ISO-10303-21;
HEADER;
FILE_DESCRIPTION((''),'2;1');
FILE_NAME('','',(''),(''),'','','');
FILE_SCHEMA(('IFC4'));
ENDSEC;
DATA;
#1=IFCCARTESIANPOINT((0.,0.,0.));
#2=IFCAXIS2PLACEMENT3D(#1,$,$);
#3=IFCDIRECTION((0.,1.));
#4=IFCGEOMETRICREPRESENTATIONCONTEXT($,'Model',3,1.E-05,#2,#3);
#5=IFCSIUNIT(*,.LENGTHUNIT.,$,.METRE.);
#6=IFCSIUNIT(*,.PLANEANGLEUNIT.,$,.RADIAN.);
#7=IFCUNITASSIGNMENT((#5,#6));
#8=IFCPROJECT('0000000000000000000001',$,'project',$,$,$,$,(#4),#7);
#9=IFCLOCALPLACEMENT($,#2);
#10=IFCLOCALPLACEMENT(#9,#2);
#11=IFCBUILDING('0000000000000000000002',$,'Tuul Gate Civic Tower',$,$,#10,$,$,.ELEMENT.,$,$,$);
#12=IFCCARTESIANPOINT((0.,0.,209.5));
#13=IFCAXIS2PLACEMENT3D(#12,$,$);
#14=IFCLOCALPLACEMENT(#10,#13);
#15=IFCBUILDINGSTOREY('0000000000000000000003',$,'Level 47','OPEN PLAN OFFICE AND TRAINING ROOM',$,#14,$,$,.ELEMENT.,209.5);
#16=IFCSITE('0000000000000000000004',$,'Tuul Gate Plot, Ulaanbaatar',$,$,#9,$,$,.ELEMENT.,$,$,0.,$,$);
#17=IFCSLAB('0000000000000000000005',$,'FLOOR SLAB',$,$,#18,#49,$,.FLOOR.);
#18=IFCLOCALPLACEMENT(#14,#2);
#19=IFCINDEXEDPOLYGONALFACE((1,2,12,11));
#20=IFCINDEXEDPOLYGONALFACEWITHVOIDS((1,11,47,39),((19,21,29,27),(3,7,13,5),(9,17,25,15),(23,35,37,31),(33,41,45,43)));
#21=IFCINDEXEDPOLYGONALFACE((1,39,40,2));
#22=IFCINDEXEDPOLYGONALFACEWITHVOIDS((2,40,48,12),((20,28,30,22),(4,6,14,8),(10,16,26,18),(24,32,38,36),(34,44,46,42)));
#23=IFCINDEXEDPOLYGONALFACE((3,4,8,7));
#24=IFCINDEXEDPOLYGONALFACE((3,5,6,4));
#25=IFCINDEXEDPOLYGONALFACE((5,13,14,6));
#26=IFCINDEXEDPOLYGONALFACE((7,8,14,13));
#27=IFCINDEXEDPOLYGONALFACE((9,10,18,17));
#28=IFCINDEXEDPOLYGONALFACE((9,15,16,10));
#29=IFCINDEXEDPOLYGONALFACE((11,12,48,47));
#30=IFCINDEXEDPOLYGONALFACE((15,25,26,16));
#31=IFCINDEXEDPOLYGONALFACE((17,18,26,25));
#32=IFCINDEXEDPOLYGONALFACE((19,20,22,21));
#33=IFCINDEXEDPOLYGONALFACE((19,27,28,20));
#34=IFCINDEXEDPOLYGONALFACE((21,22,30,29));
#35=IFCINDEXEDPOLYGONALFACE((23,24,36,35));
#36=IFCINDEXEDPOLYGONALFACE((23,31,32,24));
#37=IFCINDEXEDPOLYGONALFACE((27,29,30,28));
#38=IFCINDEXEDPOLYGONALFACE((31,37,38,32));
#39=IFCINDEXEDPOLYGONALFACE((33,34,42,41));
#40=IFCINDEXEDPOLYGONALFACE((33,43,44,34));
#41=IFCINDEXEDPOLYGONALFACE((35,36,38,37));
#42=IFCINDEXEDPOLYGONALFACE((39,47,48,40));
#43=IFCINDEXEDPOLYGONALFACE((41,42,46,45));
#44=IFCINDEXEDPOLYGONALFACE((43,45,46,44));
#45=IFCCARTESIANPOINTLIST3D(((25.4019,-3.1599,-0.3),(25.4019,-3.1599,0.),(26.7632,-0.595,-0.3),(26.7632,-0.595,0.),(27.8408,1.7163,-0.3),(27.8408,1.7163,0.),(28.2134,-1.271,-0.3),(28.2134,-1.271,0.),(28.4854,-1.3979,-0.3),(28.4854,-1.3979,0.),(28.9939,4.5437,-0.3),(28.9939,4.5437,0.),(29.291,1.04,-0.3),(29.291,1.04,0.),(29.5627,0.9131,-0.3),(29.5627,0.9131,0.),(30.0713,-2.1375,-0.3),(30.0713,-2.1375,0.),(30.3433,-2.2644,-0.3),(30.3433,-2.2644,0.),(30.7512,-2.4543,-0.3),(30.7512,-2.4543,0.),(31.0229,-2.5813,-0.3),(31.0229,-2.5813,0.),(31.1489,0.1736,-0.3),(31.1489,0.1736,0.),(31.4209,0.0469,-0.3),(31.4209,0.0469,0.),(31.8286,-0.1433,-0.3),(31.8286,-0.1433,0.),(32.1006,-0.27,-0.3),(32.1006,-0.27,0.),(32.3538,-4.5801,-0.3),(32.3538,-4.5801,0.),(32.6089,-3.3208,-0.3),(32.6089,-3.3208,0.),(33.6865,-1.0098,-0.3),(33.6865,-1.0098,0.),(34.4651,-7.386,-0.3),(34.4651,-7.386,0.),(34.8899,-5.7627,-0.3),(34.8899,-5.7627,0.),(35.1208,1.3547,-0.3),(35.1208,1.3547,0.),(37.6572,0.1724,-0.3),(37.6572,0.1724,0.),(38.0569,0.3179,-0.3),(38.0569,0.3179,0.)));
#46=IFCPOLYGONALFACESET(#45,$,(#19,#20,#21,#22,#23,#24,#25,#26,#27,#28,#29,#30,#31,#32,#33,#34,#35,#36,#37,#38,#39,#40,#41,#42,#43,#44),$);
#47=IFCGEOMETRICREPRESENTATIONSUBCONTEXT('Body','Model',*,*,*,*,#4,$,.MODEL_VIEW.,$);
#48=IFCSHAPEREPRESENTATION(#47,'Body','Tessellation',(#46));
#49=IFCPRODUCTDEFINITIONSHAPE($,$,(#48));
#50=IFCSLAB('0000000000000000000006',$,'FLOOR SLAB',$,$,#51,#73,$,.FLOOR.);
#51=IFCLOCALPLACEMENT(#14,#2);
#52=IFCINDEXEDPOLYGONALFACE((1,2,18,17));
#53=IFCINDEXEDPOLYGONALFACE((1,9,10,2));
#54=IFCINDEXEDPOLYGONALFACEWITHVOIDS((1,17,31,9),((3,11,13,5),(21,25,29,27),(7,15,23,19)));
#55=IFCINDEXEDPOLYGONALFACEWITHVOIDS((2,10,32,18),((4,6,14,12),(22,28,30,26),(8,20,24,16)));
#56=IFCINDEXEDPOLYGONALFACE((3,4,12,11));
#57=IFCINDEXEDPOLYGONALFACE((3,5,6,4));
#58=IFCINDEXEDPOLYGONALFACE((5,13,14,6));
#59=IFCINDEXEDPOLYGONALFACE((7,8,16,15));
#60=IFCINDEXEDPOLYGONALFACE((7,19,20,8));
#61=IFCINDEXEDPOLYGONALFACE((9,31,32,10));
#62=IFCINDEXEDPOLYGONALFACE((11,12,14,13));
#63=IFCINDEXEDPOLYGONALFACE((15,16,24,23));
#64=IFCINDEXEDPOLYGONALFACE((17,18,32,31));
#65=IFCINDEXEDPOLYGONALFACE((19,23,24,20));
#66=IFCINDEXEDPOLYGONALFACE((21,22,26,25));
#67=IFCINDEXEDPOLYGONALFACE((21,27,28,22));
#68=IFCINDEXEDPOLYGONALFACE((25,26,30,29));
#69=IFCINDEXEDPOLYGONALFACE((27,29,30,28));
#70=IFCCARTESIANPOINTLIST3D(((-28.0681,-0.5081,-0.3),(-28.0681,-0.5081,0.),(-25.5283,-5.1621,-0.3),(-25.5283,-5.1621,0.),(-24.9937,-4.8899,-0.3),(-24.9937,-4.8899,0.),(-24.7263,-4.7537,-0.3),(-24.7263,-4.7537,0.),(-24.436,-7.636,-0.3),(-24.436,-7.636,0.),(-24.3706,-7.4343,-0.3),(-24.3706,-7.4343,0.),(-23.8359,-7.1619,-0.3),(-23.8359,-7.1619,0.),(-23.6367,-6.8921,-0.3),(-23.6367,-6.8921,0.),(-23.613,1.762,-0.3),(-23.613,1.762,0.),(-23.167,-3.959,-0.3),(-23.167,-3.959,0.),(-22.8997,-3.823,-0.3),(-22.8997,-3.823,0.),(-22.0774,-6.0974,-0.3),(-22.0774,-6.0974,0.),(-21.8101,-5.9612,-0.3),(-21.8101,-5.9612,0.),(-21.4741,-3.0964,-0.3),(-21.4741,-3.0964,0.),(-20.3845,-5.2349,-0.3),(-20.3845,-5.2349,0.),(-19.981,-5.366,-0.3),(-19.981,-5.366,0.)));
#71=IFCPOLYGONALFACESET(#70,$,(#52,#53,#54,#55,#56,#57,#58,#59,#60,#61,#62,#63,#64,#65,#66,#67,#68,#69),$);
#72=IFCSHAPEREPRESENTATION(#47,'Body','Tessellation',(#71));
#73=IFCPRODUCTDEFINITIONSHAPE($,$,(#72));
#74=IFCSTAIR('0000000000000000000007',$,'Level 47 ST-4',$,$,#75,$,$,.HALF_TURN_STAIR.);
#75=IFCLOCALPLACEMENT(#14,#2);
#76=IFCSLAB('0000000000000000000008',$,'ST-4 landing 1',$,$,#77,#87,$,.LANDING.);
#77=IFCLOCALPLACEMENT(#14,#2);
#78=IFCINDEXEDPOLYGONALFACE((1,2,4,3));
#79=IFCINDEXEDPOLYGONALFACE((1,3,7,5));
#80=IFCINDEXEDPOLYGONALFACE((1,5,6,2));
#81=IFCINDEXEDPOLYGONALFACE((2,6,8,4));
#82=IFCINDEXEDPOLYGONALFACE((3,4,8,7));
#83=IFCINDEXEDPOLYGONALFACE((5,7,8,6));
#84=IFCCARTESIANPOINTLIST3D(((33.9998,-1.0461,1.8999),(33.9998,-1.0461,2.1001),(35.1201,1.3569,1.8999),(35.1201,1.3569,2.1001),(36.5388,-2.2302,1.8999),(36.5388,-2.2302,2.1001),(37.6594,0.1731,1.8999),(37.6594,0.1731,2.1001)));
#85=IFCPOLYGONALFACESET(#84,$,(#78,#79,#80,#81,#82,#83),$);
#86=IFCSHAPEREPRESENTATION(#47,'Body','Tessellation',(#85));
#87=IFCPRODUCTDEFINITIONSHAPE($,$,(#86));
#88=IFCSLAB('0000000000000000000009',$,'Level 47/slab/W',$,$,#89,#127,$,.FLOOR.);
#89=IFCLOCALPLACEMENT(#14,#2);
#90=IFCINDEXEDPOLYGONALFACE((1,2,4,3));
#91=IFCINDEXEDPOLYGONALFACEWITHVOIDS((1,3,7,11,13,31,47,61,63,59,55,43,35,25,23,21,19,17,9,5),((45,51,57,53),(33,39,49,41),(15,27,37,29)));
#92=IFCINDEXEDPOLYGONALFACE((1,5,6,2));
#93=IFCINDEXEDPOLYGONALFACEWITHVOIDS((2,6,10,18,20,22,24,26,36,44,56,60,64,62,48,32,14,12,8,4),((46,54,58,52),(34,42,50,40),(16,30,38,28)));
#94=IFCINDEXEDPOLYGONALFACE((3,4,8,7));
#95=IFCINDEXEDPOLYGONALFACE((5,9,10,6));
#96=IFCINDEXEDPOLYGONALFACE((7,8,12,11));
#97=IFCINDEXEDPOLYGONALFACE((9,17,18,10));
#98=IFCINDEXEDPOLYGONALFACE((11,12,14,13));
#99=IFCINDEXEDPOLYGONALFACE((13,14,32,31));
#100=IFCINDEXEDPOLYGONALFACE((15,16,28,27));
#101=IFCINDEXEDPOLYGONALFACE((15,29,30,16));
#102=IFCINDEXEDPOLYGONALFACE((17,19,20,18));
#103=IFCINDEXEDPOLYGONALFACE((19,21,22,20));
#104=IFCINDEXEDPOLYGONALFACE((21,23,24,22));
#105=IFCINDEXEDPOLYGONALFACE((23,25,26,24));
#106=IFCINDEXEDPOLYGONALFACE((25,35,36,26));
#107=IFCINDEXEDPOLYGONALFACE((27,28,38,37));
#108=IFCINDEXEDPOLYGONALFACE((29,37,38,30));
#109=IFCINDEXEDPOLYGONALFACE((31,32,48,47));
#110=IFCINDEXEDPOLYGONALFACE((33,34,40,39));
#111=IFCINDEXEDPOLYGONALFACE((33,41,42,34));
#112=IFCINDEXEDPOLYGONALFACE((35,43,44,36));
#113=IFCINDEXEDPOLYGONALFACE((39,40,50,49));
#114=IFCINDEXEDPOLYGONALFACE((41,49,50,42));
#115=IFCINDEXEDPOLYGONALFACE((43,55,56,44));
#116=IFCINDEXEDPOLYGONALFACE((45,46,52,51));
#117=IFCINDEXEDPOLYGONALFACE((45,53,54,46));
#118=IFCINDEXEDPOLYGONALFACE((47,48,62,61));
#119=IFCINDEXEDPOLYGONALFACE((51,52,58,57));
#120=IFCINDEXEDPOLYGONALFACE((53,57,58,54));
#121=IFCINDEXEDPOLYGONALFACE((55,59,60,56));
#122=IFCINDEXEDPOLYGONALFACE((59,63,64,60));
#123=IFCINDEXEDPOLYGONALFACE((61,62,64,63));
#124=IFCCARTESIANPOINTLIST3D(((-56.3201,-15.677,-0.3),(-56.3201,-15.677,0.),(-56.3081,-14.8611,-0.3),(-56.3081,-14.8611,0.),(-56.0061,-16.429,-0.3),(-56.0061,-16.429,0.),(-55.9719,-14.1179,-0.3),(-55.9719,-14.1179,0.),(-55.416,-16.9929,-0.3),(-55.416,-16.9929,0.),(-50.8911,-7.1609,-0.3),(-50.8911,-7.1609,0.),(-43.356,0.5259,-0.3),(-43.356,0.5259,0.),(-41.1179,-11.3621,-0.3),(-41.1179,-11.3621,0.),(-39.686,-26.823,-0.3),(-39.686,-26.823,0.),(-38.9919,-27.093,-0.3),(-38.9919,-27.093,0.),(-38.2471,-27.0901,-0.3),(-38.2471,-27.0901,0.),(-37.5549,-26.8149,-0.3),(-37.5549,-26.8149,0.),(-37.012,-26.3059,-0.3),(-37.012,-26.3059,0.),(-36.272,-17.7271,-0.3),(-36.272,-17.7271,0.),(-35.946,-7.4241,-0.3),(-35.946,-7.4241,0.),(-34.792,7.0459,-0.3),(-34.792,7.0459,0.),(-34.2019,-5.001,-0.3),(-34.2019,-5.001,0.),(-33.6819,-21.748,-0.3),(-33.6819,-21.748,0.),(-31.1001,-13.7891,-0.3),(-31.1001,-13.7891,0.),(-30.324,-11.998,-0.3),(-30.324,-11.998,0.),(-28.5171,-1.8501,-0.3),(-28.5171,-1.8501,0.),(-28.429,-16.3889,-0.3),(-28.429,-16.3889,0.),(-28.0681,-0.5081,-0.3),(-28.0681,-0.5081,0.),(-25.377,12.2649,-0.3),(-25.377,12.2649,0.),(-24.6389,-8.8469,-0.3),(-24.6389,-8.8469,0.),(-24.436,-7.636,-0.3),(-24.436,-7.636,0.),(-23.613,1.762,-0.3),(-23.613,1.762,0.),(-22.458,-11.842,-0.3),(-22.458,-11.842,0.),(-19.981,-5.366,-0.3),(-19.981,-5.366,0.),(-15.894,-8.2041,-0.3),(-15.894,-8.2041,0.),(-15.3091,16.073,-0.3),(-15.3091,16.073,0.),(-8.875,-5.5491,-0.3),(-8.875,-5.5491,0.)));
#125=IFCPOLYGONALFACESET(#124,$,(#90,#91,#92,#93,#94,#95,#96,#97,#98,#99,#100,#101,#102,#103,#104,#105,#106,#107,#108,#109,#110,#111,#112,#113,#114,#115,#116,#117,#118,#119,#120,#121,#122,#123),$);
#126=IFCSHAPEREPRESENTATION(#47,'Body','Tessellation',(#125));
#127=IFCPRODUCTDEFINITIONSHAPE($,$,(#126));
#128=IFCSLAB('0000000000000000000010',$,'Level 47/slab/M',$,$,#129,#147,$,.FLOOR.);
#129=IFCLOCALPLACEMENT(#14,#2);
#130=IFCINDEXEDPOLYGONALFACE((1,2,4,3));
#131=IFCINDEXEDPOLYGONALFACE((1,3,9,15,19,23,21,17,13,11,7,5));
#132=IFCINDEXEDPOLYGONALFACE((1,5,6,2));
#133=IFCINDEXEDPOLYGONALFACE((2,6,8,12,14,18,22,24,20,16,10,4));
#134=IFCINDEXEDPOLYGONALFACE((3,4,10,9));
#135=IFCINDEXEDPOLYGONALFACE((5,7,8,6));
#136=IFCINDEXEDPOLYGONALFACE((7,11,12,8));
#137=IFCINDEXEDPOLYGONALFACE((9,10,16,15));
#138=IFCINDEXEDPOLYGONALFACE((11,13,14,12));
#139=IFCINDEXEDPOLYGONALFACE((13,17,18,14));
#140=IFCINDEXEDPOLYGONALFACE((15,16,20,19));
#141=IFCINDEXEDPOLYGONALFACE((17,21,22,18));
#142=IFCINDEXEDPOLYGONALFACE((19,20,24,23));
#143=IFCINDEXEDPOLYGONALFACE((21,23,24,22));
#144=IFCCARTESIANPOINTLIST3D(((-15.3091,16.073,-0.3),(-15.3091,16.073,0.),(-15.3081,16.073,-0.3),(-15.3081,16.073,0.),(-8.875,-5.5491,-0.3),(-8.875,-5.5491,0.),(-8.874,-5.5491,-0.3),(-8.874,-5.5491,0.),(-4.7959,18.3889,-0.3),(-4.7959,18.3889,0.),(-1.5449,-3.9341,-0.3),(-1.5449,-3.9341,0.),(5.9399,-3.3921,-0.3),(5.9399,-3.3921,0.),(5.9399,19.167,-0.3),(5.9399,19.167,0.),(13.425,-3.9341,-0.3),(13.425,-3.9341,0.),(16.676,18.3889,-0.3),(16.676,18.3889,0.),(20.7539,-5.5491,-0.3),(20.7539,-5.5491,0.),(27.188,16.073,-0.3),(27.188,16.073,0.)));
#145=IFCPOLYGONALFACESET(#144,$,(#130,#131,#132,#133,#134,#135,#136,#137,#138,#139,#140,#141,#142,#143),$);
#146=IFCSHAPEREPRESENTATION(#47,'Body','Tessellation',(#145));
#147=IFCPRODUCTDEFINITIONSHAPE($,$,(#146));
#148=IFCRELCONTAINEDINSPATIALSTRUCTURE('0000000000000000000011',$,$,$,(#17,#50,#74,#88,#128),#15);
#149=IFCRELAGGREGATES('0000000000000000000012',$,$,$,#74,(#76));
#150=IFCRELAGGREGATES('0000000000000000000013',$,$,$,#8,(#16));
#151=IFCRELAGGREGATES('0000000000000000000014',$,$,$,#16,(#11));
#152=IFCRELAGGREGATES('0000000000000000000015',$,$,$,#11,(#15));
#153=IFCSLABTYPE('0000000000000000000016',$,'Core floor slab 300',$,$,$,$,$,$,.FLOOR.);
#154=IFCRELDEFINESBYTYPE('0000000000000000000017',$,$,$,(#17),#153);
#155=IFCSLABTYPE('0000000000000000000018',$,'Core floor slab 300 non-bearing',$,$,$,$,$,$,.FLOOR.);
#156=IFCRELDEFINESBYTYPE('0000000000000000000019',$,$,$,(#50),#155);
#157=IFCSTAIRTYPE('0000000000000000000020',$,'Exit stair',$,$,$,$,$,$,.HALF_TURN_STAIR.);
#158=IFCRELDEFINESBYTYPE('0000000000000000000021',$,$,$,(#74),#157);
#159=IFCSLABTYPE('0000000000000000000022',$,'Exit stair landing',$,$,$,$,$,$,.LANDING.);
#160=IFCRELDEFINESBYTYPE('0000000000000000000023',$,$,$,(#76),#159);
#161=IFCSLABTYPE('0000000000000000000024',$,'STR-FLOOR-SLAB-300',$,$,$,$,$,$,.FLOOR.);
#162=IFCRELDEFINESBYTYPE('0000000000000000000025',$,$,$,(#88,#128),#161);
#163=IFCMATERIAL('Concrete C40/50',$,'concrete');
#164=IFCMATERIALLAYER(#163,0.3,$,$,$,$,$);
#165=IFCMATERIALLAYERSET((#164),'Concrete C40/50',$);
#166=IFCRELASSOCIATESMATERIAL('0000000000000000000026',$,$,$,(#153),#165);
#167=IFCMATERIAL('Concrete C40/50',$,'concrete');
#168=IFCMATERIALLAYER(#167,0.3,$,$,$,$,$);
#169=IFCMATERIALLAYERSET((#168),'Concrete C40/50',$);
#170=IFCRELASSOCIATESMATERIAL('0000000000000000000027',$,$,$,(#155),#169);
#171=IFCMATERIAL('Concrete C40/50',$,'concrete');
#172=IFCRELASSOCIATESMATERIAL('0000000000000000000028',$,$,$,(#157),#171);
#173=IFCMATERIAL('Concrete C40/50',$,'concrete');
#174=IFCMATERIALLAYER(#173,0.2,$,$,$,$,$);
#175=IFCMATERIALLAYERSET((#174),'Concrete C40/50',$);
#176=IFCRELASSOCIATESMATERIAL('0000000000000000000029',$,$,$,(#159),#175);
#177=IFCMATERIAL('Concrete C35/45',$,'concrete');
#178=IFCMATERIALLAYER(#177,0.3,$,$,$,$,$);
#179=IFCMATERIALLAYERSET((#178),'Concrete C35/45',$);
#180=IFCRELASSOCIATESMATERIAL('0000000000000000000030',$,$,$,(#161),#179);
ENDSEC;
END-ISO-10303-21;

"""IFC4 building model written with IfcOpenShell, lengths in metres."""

from ifc_helpers import new_model, si_unit, direction, frame, origin, place, context, subcontext, project, spatial, polyline, outline, extrude, material, layer, layer_set, type_object, element, aggregate, save


model = new_model("IFC4")

# Units and contexts
model_context = context("Model", 3, precision=1e-05, world=origin(), true_north=direction((0.0, 1.0)))
body_context = subcontext(model_context, "Body", "Model", "MODEL_VIEW")
ifc_project = project(units=[si_unit("LENGTHUNIT", "METRE"), si_unit("PLANEANGLEUNIT", "RADIAN")], contexts=[model_context])

# Site, building, storey
site_placement = place(None, origin())
site = spatial("IfcSite", under=ifc_project, at=site_placement, Name="Tuul Gate Plot, Ulaanbaatar", CompositionType="ELEMENT", RefElevation=0.0)
building_placement = place(site_placement, origin())
building = spatial("IfcBuilding", under=site, at=building_placement, Name="Tuul Gate Civic Tower", CompositionType="ELEMENT")
storey_placement = place(building_placement, frame((0.0, 0.0, 209.5)))
storey = spatial("IfcBuildingStorey", under=building, at=storey_placement, Name="Level 47", Description="OPEN PLAN OFFICE AND TRAINING ROOM", CompositionType="ELEMENT", Elevation=209.5)

# Slabs
ifc_material_1 = material(Name="Concrete C40/50", Category="concrete")
ifc_layer_1 = layer(ifc_material_1, 0.3)
ifc_layer_set_1 = layer_set([ifc_layer_1], Name="Concrete C40/50")
slab_type_1 = type_object("IfcSlabType", Name="Core floor slab 300", PredefinedType="FLOOR", material=ifc_layer_set_1)
slab_1_placement = place(storey_placement, frame((0.0, 0.0, -0.3)))
element("IfcSlab", 1, at=slab_1_placement, inside=storey, type_object=slab_type_1, Name="FLOOR SLAB", PredefinedType="FLOOR", context=body_context, shape_type="SweptSolid", body=[
    extrude(outline(polyline([(34.4651, -7.386), (38.0569, 0.3179), (28.9939, 4.5437), (25.4019, -3.1599), (34.4651, -7.386)]), holes=[polyline([(32.6089, -3.3208), (33.6865, -1.0098), (32.1006, -0.27), (31.0229, -2.5813), (32.6089, -3.3208)]), polyline([(30.0713, -2.1375), (31.1489, 0.1736), (29.5627, 0.9131), (28.4854, -1.3979), (30.0713, -2.1375)]), polyline([(30.7512, -2.4543), (31.8286, -0.1433), (31.4209, 0.0469), (30.3433, -2.2644), (30.7512, -2.4543)]), polyline([(28.2134, -1.271), (29.291, 1.04), (27.8408, 1.7163), (26.7632, -0.595), (28.2134, -1.271)]), polyline([(34.8899, -5.7627), (32.3538, -4.5801), (35.1208, 1.3547), (37.6572, 0.1724), (34.8899, -5.7627)])]), origin(), (0.0, 0.0, 1.0), 0.3),
])
ifc_material_2 = material(Name="Concrete C40/50", Category="concrete")
ifc_layer_2 = layer(ifc_material_2, 0.3)
ifc_layer_set_2 = layer_set([ifc_layer_2], Name="Concrete C40/50")
slab_type_2 = type_object("IfcSlabType", Name="Core floor slab 300 non-bearing", PredefinedType="FLOOR", material=ifc_layer_set_2)
slab_2_placement = place(storey_placement, frame((0.0, 0.0, -0.3)))
element("IfcSlab", 2, at=slab_2_placement, inside=storey, type_object=slab_type_2, Name="FLOOR SLAB", PredefinedType="FLOOR", context=body_context, shape_type="SweptSolid", body=[
    extrude(outline(polyline([(-19.981, -5.366), (-23.613, 1.762), (-28.0681, -0.5081), (-24.436, -7.636), (-19.981, -5.366)]), holes=[polyline([(-20.3845, -5.2349), (-21.4741, -3.0964), (-22.8997, -3.823), (-21.8101, -5.9612), (-20.3845, -5.2349)]), polyline([(-22.0774, -6.0974), (-23.167, -3.959), (-24.7263, -4.7537), (-23.6367, -6.8921), (-22.0774, -6.0974)]), polyline([(-23.8359, -7.1619), (-24.9937, -4.8899), (-25.5283, -5.1621), (-24.3706, -7.4343), (-23.8359, -7.1619)])]), origin(), (0.0, 0.0, 1.0), 0.3),
])

# Stair, slab
ifc_material_3 = material(Name="Concrete C40/50", Category="concrete")
stair_type = type_object("IfcStairType", Name="Exit stair", PredefinedType="HALF_TURN_STAIR", material=ifc_material_3)
stair_placement = place(storey_placement, origin())
stair = element("IfcStair", 3, at=stair_placement, inside=storey, type_object=stair_type, Name="Level 47 ST-4", PredefinedType="HALF_TURN_STAIR")
ifc_material_4 = material(Name="Concrete C40/50", Category="concrete")
ifc_layer_3 = layer(ifc_material_4, 0.2)
ifc_layer_set_3 = layer_set([ifc_layer_3], Name="Concrete C40/50")
slab_type_3 = type_object("IfcSlabType", Name="Exit stair landing", PredefinedType="LANDING", material=ifc_layer_set_3)
slab_3_placement = place(storey_placement, frame((0.0, 0.0, 1.8999)))
slab_3 = element("IfcSlab", 4, at=slab_3_placement, type_object=slab_type_3, Name="ST-4 landing 1", PredefinedType="LANDING", context=body_context, shape_type="SweptSolid", body=[
    extrude(outline(polyline([(36.5388, -2.2302), (33.9998, -1.0461), (35.1201, 1.3569), (37.6594, 0.1731), (36.5388, -2.2302)])), origin(), (0.0, 0.0, 1.0), 0.2002),
])
aggregate(stair, [slab_3])

# Slabs
ifc_material_5 = material(Name="Concrete C35/45", Category="concrete")
ifc_layer_4 = layer(ifc_material_5, 0.3)
ifc_layer_set_4 = layer_set([ifc_layer_4], Name="Concrete C35/45")
slab_type_4 = type_object("IfcSlabType", Name="STR-FLOOR-SLAB-300", PredefinedType="FLOOR", material=ifc_layer_set_4)
slab_4_placement = place(storey_placement, frame((0.0, 0.0, -0.3)))
element("IfcSlab", 5, at=slab_4_placement, inside=storey, type_object=slab_type_4, Name="Level 47/slab/W", PredefinedType="FLOOR", context=body_context, shape_type="SweptSolid", body=[
    extrude(outline(polyline([(-15.894, -8.2041), (-8.875, -5.5491), (-15.3091, 16.073), (-25.377, 12.2649), (-34.792, 7.0459), (-43.356, 0.5259), (-50.8911, -7.1609), (-55.9719, -14.1179), (-56.3081, -14.8611), (-56.3201, -15.677), (-56.0061, -16.429), (-55.416, -16.9929), (-39.686, -26.823), (-38.9919, -27.093), (-38.2471, -27.0901), (-37.5549, -26.8149), (-37.012, -26.3059), (-33.6819, -21.748), (-28.429, -16.3889), (-22.458, -11.842), (-15.894, -8.2041)]), holes=[polyline([(-31.1001, -13.7891), (-36.272, -17.7271), (-41.1179, -11.3621), (-35.946, -7.4241), (-31.1001, -13.7891)]), polyline([(-24.6389, -8.8469), (-30.324, -11.998), (-34.2019, -5.001), (-28.5171, -1.8501), (-24.6389, -8.8469)]), polyline([(-24.436, -7.636), (-28.0681, -0.5081), (-23.613, 1.762), (-19.981, -5.366), (-24.436, -7.636)])]), origin(), (0.0, 0.0, 1.0), 0.3),
])
slab_5_placement = place(storey_placement, frame((0.0, 0.0, -0.3)))
element("IfcSlab", 6, at=slab_5_placement, inside=storey, type_object=slab_type_4, Name="Level 47/slab/M", PredefinedType="FLOOR", context=body_context, shape_type="SweptSolid", body=[
    extrude(outline(polyline([(13.425, -3.9341), (20.7539, -5.5491), (27.188, 16.073), (16.676, 18.3889), (5.9399, 19.167), (-4.7959, 18.3889), (-15.3081, 16.073), (-15.3091, 16.073), (-8.875, -5.5491), (-8.874, -5.5491), (-1.5449, -3.9341), (5.9399, -3.3921), (13.425, -3.9341)])), origin(), (0.0, 0.0, 1.0), 0.3),
])

save(model, "model.ifc")
